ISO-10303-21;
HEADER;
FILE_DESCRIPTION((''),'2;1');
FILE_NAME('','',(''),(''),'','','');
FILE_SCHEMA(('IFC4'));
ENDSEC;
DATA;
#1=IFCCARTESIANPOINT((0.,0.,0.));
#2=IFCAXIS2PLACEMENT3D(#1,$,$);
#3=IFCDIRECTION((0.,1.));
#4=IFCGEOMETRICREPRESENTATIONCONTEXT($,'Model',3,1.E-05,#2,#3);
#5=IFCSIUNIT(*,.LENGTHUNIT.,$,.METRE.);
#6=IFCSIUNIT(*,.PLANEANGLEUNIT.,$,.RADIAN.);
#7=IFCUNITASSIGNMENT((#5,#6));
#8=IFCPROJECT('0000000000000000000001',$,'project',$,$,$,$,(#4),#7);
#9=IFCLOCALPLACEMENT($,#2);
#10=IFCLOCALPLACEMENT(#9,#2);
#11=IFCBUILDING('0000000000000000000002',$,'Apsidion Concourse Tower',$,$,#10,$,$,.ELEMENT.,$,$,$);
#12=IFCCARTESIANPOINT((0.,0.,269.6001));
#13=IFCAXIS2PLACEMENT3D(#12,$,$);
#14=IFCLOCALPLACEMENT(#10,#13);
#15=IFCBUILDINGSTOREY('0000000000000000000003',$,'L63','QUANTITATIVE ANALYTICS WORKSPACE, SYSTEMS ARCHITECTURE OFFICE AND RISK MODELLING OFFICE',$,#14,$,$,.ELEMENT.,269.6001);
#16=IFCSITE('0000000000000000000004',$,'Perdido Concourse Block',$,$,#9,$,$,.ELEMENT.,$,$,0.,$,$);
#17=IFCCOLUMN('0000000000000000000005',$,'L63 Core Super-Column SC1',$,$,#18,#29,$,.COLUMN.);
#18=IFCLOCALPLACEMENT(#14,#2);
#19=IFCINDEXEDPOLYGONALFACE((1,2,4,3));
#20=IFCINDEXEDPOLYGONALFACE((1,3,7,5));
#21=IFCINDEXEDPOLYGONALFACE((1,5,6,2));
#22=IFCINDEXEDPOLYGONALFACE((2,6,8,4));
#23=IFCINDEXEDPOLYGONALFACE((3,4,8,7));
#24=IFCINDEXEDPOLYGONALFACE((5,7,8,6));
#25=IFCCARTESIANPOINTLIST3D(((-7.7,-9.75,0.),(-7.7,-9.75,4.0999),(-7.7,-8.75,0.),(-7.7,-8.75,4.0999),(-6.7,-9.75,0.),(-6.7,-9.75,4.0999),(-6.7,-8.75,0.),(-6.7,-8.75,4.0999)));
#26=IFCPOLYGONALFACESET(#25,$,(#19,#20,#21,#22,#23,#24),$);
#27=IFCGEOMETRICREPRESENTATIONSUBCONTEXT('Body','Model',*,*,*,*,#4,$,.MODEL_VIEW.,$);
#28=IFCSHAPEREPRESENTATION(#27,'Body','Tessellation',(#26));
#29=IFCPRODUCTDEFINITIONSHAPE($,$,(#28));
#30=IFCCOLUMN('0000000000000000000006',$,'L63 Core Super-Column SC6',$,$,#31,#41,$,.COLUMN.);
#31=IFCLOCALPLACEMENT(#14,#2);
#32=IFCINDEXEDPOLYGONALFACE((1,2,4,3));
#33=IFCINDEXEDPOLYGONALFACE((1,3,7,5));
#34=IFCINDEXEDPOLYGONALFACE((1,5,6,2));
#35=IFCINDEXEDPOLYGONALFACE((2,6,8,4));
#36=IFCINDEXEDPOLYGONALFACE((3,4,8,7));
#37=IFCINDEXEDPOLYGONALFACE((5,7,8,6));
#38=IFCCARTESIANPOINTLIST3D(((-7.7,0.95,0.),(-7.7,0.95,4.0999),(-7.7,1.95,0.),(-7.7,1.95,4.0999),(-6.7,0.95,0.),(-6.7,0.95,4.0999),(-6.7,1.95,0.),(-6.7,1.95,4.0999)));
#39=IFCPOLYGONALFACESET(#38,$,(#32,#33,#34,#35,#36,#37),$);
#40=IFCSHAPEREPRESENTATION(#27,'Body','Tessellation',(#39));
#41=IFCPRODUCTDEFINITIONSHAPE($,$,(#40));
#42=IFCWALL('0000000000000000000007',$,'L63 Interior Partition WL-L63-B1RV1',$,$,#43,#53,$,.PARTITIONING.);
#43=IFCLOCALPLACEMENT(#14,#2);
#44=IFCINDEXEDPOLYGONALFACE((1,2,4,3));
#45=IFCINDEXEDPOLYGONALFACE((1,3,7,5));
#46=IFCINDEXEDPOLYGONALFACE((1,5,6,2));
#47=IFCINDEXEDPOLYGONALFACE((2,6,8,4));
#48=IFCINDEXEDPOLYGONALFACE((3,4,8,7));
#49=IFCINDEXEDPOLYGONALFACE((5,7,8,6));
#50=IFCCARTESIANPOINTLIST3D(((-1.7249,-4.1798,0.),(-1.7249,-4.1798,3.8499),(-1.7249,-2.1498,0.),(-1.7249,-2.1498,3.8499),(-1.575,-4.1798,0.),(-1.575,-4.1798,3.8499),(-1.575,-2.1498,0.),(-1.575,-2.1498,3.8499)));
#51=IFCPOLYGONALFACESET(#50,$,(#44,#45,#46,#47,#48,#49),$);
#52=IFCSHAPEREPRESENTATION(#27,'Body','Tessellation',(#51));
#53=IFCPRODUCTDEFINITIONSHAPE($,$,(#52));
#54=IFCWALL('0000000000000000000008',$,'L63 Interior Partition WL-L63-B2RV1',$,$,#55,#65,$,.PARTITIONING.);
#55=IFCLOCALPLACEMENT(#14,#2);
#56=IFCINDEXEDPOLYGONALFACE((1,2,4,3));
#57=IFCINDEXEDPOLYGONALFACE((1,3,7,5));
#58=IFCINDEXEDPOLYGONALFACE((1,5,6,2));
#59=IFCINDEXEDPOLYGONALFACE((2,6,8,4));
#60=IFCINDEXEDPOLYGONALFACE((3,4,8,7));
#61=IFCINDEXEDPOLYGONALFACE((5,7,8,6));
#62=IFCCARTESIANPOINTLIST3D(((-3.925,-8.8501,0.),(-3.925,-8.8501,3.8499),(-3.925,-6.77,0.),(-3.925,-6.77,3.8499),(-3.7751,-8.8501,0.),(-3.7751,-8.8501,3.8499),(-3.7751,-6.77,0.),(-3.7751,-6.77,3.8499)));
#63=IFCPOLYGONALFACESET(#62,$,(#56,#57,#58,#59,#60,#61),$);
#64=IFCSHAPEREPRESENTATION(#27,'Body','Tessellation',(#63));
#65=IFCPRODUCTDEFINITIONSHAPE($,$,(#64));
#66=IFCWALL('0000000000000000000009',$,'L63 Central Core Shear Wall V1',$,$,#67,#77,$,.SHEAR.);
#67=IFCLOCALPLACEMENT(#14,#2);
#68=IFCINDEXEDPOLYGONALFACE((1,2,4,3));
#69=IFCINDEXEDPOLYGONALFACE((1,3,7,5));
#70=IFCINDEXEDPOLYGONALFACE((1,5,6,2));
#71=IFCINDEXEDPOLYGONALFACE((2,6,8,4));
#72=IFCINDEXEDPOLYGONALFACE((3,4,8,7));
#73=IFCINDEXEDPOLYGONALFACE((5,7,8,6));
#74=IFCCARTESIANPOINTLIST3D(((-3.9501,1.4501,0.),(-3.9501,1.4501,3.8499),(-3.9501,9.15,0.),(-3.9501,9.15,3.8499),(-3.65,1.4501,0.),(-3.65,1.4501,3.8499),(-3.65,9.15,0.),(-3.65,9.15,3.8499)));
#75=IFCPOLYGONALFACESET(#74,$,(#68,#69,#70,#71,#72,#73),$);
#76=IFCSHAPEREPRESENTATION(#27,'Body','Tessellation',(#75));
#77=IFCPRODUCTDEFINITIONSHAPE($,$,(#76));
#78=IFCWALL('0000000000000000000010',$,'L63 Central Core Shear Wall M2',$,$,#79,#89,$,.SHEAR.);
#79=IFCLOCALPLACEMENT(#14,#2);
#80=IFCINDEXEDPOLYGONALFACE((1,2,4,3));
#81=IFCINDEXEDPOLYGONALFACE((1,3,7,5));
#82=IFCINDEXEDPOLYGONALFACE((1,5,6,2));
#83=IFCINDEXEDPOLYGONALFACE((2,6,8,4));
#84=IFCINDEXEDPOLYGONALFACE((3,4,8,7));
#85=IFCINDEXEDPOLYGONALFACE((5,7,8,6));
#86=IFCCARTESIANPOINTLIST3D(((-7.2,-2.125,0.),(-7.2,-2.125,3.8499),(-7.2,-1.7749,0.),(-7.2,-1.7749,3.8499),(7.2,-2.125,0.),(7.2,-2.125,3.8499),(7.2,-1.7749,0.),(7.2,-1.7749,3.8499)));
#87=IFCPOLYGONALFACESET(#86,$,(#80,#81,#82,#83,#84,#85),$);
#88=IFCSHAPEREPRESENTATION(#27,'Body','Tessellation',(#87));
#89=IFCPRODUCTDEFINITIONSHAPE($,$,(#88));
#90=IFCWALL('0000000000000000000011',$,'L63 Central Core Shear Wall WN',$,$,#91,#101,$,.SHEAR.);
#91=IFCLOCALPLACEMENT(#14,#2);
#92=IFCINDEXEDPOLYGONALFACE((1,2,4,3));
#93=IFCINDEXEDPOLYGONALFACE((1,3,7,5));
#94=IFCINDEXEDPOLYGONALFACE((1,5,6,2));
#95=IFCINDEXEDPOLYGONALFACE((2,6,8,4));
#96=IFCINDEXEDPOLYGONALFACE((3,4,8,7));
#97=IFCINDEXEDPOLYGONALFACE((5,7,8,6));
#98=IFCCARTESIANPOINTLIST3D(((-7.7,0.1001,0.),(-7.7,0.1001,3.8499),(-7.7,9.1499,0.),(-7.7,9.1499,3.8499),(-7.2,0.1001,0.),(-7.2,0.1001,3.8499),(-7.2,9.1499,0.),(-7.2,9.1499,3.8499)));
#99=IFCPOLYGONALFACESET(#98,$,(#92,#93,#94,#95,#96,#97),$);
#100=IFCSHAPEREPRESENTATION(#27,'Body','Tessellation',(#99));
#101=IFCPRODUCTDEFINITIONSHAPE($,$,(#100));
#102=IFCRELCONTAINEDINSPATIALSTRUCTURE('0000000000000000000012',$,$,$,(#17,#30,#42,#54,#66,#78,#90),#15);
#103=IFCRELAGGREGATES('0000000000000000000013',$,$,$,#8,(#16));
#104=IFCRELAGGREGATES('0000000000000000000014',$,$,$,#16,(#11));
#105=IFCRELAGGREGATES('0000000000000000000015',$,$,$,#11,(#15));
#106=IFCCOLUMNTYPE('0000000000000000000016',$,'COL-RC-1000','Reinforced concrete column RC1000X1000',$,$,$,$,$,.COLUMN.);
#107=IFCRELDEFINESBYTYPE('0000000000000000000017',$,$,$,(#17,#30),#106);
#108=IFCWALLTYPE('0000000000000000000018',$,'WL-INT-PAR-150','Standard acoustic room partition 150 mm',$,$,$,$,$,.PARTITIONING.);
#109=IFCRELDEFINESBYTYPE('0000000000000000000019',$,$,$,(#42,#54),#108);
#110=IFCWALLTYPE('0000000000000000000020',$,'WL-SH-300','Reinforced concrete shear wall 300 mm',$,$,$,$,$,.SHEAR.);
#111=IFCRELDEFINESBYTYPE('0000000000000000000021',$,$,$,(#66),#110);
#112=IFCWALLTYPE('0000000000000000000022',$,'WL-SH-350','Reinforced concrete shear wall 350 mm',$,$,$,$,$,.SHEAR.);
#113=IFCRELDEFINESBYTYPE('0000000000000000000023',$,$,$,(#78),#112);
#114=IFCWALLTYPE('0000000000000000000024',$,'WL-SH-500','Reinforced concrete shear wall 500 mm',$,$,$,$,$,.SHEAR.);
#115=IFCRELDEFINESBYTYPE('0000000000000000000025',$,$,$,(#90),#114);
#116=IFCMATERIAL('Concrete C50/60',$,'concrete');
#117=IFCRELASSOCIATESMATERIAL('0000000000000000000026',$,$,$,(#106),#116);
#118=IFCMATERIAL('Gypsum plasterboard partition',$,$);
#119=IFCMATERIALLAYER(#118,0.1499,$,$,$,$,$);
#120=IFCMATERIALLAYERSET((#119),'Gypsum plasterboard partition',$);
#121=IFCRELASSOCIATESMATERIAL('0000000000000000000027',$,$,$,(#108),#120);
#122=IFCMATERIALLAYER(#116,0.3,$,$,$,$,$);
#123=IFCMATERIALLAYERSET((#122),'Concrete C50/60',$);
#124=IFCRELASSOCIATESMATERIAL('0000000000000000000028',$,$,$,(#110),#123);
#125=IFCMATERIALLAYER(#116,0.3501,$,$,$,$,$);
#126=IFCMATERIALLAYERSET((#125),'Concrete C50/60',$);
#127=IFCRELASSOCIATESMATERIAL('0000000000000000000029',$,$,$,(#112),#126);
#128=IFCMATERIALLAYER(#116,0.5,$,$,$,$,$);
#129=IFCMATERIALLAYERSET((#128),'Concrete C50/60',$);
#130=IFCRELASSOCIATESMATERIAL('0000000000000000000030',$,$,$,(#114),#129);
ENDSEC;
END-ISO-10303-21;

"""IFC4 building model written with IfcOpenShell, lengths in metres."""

from ifc_helpers import new_model, si_unit, direction, frame, frame_2d, origin, origin_2d, place, context, subcontext, project, spatial, rectangle, extrude, material, layer, layer_set, material_profile, profile_set, type_object, element, save


model = new_model("IFC4")

# Units and contexts
model_context = context("Model", 3, precision=1e-05, world=origin(), true_north=direction((0.0, 1.0)))
body_context = subcontext(model_context, "Body", "Model", "MODEL_VIEW")
ifc_project = project(units=[si_unit("LENGTHUNIT", "METRE"), si_unit("PLANEANGLEUNIT", "RADIAN")], contexts=[model_context])

# Site, building, storey
site_placement = place(None, origin())
site = spatial("IfcSite", under=ifc_project, at=site_placement, Name="Perdido Concourse Block", CompositionType="ELEMENT", RefElevation=0.0)
building_placement = place(site_placement, origin())
building = spatial("IfcBuilding", under=site, at=building_placement, Name="Apsidion Concourse Tower", CompositionType="ELEMENT")
storey_placement = place(building_placement, frame((0.0, 0.0, 269.6001)))
storey = spatial("IfcBuildingStorey", under=building, at=storey_placement, Name="L63", Description="QUANTITATIVE ANALYTICS WORKSPACE, SYSTEMS ARCHITECTURE OFFICE AND RISK MODELLING OFFICE", CompositionType="ELEMENT", Elevation=269.6001)

# Columns
ifc_material_1 = material(Name="Concrete C50/60", Category="concrete")
ifc_material_profile = material_profile(ifc_material_1, rectangle(XDim=1.0, YDim=1.0, at=origin_2d()), Name="RC 1000x1000")
ifc_profile_set = profile_set([ifc_material_profile], Name="Concrete C50/60")
column_type = type_object("IfcColumnType", Name="COL-RC-1000", Description="Reinforced concrete column RC1000X1000", PredefinedType="COLUMN", material=ifc_profile_set)
for number, where, z_axis, x_axis, name in (
    (1, (-7.2, -9.25, 0.0), (0.0, 0.0, 1.0), (1.0, 0.0, 0.0), "L63 Core Super-Column SC1"),
    (2, (-7.2, 1.45, 0.0), (0.0, 0.0, 1.0), (1.0, 0.0, 0.0), "L63 Core Super-Column SC6"),
):
    element("IfcColumn", number, at=place(storey_placement, frame(where, z_axis=z_axis, x_axis=x_axis)), inside=storey, type_object=column_type, Name=name, PredefinedType="COLUMN", context=body_context, shape_type="SweptSolid", body=[
        extrude(rectangle(XDim=1.0, YDim=1.0, at=origin_2d()), origin(), (0.0, 0.0, 1.0), 4.0999),
    ])

# Walls
ifc_material_2 = material(Name="Gypsum plasterboard partition")
ifc_layer_1 = layer(ifc_material_2, 0.1499)
ifc_layer_set_1 = layer_set([ifc_layer_1], Name="Gypsum plasterboard partition")
wall_type_1 = type_object("IfcWallType", Name="WL-INT-PAR-150", Description="Standard acoustic room partition 150 mm", PredefinedType="PARTITIONING", material=ifc_layer_set_1)
wall_1_placement = place(storey_placement, frame((-1.6499, -4.1799, 0.0), z_axis=(0.0, 0.0, 1.0), x_axis=(0.0, 1.0, 0.0)))
element("IfcWall", 3, at=wall_1_placement, inside=storey, type_object=wall_type_1, Name="L63 Interior Partition WL-L63-B1RV1", PredefinedType="PARTITIONING", context=body_context, shape_type="SweptSolid", body=[
    extrude(rectangle(XDim=2.03, YDim=0.1499, at=frame_2d((1.0151, 0.0))), origin(), (0.0, 0.0, 1.0), 3.8499),
])
wall_2_placement = place(storey_placement, frame((-3.8501, -8.8501, 0.0), z_axis=(0.0, 0.0, 1.0), x_axis=(0.0, 1.0, 0.0)))
element("IfcWall", 4, at=wall_2_placement, inside=storey, type_object=wall_type_1, Name="L63 Interior Partition WL-L63-B2RV1", PredefinedType="PARTITIONING", context=body_context, shape_type="SweptSolid", body=[
    extrude(rectangle(XDim=2.0801, YDim=0.1499, at=frame_2d((1.04, 0.0))), origin(), (0.0, 0.0, 1.0), 3.8499),
])

# Wall
ifc_layer_2 = layer(ifc_material_1, 0.3)
ifc_layer_set_2 = layer_set([ifc_layer_2], Name="Concrete C50/60")
wall_type_2 = type_object("IfcWallType", Name="WL-SH-300", Description="Reinforced concrete shear wall 300 mm", PredefinedType="SHEAR", material=ifc_layer_set_2)
wall_3_placement = place(storey_placement, frame((-3.8, 1.45, 0.0), z_axis=(0.0, 0.0, 1.0), x_axis=(0.0, 1.0, 0.0)))
element("IfcWall", 5, at=wall_3_placement, inside=storey, type_object=wall_type_2, Name="L63 Central Core Shear Wall V1", PredefinedType="SHEAR", context=body_context, shape_type="SweptSolid", body=[
    extrude(rectangle(XDim=7.7, YDim=0.3, at=frame_2d((3.8501, 0.0))), origin(), (0.0, 0.0, 1.0), 3.8499),
])

# Shared definitions
ifc_layer_3 = layer(ifc_material_1, 0.3501)
ifc_layer_set_3 = layer_set([ifc_layer_3], Name="Concrete C50/60")
wall_type_3 = type_object("IfcWallType", Name="WL-SH-350", Description="Reinforced concrete shear wall 350 mm", PredefinedType="SHEAR", material=ifc_layer_set_3)

# Wall
wall_4_placement = place(storey_placement, frame((-7.2, -1.95, 0.0), z_axis=(0.0, 0.0, 1.0), x_axis=(1.0, 0.0, 0.0)))
element("IfcWall", 6, at=wall_4_placement, inside=storey, type_object=wall_type_3, Name="L63 Central Core Shear Wall M2", PredefinedType="SHEAR", context=body_context, shape_type="SweptSolid", body=[
    extrude(rectangle(XDim=14.3999, YDim=0.3501, at=frame_2d((7.2, 0.0))), origin(), (0.0, 0.0, 1.0), 3.8499),
])

# Wall
ifc_layer_4 = layer(ifc_material_1, 0.5)
ifc_layer_set_4 = layer_set([ifc_layer_4], Name="Concrete C50/60")
wall_type_4 = type_object("IfcWallType", Name="WL-SH-500", Description="Reinforced concrete shear wall 500 mm", PredefinedType="SHEAR", material=ifc_layer_set_4)
wall_5_placement = place(storey_placement, frame((-7.45, 0.1001, 0.0), z_axis=(0.0, 0.0, 1.0), x_axis=(0.0, 1.0, 0.0)))
element("IfcWall", 7, at=wall_5_placement, inside=storey, type_object=wall_type_4, Name="L63 Central Core Shear Wall WN", PredefinedType="SHEAR", context=body_context, shape_type="SweptSolid", body=[
    extrude(rectangle(XDim=9.0498, YDim=0.5, at=frame_2d((4.5249, 0.0))), origin(), (0.0, 0.0, 1.0), 3.8499),
])

save(model, "model.ifc")
